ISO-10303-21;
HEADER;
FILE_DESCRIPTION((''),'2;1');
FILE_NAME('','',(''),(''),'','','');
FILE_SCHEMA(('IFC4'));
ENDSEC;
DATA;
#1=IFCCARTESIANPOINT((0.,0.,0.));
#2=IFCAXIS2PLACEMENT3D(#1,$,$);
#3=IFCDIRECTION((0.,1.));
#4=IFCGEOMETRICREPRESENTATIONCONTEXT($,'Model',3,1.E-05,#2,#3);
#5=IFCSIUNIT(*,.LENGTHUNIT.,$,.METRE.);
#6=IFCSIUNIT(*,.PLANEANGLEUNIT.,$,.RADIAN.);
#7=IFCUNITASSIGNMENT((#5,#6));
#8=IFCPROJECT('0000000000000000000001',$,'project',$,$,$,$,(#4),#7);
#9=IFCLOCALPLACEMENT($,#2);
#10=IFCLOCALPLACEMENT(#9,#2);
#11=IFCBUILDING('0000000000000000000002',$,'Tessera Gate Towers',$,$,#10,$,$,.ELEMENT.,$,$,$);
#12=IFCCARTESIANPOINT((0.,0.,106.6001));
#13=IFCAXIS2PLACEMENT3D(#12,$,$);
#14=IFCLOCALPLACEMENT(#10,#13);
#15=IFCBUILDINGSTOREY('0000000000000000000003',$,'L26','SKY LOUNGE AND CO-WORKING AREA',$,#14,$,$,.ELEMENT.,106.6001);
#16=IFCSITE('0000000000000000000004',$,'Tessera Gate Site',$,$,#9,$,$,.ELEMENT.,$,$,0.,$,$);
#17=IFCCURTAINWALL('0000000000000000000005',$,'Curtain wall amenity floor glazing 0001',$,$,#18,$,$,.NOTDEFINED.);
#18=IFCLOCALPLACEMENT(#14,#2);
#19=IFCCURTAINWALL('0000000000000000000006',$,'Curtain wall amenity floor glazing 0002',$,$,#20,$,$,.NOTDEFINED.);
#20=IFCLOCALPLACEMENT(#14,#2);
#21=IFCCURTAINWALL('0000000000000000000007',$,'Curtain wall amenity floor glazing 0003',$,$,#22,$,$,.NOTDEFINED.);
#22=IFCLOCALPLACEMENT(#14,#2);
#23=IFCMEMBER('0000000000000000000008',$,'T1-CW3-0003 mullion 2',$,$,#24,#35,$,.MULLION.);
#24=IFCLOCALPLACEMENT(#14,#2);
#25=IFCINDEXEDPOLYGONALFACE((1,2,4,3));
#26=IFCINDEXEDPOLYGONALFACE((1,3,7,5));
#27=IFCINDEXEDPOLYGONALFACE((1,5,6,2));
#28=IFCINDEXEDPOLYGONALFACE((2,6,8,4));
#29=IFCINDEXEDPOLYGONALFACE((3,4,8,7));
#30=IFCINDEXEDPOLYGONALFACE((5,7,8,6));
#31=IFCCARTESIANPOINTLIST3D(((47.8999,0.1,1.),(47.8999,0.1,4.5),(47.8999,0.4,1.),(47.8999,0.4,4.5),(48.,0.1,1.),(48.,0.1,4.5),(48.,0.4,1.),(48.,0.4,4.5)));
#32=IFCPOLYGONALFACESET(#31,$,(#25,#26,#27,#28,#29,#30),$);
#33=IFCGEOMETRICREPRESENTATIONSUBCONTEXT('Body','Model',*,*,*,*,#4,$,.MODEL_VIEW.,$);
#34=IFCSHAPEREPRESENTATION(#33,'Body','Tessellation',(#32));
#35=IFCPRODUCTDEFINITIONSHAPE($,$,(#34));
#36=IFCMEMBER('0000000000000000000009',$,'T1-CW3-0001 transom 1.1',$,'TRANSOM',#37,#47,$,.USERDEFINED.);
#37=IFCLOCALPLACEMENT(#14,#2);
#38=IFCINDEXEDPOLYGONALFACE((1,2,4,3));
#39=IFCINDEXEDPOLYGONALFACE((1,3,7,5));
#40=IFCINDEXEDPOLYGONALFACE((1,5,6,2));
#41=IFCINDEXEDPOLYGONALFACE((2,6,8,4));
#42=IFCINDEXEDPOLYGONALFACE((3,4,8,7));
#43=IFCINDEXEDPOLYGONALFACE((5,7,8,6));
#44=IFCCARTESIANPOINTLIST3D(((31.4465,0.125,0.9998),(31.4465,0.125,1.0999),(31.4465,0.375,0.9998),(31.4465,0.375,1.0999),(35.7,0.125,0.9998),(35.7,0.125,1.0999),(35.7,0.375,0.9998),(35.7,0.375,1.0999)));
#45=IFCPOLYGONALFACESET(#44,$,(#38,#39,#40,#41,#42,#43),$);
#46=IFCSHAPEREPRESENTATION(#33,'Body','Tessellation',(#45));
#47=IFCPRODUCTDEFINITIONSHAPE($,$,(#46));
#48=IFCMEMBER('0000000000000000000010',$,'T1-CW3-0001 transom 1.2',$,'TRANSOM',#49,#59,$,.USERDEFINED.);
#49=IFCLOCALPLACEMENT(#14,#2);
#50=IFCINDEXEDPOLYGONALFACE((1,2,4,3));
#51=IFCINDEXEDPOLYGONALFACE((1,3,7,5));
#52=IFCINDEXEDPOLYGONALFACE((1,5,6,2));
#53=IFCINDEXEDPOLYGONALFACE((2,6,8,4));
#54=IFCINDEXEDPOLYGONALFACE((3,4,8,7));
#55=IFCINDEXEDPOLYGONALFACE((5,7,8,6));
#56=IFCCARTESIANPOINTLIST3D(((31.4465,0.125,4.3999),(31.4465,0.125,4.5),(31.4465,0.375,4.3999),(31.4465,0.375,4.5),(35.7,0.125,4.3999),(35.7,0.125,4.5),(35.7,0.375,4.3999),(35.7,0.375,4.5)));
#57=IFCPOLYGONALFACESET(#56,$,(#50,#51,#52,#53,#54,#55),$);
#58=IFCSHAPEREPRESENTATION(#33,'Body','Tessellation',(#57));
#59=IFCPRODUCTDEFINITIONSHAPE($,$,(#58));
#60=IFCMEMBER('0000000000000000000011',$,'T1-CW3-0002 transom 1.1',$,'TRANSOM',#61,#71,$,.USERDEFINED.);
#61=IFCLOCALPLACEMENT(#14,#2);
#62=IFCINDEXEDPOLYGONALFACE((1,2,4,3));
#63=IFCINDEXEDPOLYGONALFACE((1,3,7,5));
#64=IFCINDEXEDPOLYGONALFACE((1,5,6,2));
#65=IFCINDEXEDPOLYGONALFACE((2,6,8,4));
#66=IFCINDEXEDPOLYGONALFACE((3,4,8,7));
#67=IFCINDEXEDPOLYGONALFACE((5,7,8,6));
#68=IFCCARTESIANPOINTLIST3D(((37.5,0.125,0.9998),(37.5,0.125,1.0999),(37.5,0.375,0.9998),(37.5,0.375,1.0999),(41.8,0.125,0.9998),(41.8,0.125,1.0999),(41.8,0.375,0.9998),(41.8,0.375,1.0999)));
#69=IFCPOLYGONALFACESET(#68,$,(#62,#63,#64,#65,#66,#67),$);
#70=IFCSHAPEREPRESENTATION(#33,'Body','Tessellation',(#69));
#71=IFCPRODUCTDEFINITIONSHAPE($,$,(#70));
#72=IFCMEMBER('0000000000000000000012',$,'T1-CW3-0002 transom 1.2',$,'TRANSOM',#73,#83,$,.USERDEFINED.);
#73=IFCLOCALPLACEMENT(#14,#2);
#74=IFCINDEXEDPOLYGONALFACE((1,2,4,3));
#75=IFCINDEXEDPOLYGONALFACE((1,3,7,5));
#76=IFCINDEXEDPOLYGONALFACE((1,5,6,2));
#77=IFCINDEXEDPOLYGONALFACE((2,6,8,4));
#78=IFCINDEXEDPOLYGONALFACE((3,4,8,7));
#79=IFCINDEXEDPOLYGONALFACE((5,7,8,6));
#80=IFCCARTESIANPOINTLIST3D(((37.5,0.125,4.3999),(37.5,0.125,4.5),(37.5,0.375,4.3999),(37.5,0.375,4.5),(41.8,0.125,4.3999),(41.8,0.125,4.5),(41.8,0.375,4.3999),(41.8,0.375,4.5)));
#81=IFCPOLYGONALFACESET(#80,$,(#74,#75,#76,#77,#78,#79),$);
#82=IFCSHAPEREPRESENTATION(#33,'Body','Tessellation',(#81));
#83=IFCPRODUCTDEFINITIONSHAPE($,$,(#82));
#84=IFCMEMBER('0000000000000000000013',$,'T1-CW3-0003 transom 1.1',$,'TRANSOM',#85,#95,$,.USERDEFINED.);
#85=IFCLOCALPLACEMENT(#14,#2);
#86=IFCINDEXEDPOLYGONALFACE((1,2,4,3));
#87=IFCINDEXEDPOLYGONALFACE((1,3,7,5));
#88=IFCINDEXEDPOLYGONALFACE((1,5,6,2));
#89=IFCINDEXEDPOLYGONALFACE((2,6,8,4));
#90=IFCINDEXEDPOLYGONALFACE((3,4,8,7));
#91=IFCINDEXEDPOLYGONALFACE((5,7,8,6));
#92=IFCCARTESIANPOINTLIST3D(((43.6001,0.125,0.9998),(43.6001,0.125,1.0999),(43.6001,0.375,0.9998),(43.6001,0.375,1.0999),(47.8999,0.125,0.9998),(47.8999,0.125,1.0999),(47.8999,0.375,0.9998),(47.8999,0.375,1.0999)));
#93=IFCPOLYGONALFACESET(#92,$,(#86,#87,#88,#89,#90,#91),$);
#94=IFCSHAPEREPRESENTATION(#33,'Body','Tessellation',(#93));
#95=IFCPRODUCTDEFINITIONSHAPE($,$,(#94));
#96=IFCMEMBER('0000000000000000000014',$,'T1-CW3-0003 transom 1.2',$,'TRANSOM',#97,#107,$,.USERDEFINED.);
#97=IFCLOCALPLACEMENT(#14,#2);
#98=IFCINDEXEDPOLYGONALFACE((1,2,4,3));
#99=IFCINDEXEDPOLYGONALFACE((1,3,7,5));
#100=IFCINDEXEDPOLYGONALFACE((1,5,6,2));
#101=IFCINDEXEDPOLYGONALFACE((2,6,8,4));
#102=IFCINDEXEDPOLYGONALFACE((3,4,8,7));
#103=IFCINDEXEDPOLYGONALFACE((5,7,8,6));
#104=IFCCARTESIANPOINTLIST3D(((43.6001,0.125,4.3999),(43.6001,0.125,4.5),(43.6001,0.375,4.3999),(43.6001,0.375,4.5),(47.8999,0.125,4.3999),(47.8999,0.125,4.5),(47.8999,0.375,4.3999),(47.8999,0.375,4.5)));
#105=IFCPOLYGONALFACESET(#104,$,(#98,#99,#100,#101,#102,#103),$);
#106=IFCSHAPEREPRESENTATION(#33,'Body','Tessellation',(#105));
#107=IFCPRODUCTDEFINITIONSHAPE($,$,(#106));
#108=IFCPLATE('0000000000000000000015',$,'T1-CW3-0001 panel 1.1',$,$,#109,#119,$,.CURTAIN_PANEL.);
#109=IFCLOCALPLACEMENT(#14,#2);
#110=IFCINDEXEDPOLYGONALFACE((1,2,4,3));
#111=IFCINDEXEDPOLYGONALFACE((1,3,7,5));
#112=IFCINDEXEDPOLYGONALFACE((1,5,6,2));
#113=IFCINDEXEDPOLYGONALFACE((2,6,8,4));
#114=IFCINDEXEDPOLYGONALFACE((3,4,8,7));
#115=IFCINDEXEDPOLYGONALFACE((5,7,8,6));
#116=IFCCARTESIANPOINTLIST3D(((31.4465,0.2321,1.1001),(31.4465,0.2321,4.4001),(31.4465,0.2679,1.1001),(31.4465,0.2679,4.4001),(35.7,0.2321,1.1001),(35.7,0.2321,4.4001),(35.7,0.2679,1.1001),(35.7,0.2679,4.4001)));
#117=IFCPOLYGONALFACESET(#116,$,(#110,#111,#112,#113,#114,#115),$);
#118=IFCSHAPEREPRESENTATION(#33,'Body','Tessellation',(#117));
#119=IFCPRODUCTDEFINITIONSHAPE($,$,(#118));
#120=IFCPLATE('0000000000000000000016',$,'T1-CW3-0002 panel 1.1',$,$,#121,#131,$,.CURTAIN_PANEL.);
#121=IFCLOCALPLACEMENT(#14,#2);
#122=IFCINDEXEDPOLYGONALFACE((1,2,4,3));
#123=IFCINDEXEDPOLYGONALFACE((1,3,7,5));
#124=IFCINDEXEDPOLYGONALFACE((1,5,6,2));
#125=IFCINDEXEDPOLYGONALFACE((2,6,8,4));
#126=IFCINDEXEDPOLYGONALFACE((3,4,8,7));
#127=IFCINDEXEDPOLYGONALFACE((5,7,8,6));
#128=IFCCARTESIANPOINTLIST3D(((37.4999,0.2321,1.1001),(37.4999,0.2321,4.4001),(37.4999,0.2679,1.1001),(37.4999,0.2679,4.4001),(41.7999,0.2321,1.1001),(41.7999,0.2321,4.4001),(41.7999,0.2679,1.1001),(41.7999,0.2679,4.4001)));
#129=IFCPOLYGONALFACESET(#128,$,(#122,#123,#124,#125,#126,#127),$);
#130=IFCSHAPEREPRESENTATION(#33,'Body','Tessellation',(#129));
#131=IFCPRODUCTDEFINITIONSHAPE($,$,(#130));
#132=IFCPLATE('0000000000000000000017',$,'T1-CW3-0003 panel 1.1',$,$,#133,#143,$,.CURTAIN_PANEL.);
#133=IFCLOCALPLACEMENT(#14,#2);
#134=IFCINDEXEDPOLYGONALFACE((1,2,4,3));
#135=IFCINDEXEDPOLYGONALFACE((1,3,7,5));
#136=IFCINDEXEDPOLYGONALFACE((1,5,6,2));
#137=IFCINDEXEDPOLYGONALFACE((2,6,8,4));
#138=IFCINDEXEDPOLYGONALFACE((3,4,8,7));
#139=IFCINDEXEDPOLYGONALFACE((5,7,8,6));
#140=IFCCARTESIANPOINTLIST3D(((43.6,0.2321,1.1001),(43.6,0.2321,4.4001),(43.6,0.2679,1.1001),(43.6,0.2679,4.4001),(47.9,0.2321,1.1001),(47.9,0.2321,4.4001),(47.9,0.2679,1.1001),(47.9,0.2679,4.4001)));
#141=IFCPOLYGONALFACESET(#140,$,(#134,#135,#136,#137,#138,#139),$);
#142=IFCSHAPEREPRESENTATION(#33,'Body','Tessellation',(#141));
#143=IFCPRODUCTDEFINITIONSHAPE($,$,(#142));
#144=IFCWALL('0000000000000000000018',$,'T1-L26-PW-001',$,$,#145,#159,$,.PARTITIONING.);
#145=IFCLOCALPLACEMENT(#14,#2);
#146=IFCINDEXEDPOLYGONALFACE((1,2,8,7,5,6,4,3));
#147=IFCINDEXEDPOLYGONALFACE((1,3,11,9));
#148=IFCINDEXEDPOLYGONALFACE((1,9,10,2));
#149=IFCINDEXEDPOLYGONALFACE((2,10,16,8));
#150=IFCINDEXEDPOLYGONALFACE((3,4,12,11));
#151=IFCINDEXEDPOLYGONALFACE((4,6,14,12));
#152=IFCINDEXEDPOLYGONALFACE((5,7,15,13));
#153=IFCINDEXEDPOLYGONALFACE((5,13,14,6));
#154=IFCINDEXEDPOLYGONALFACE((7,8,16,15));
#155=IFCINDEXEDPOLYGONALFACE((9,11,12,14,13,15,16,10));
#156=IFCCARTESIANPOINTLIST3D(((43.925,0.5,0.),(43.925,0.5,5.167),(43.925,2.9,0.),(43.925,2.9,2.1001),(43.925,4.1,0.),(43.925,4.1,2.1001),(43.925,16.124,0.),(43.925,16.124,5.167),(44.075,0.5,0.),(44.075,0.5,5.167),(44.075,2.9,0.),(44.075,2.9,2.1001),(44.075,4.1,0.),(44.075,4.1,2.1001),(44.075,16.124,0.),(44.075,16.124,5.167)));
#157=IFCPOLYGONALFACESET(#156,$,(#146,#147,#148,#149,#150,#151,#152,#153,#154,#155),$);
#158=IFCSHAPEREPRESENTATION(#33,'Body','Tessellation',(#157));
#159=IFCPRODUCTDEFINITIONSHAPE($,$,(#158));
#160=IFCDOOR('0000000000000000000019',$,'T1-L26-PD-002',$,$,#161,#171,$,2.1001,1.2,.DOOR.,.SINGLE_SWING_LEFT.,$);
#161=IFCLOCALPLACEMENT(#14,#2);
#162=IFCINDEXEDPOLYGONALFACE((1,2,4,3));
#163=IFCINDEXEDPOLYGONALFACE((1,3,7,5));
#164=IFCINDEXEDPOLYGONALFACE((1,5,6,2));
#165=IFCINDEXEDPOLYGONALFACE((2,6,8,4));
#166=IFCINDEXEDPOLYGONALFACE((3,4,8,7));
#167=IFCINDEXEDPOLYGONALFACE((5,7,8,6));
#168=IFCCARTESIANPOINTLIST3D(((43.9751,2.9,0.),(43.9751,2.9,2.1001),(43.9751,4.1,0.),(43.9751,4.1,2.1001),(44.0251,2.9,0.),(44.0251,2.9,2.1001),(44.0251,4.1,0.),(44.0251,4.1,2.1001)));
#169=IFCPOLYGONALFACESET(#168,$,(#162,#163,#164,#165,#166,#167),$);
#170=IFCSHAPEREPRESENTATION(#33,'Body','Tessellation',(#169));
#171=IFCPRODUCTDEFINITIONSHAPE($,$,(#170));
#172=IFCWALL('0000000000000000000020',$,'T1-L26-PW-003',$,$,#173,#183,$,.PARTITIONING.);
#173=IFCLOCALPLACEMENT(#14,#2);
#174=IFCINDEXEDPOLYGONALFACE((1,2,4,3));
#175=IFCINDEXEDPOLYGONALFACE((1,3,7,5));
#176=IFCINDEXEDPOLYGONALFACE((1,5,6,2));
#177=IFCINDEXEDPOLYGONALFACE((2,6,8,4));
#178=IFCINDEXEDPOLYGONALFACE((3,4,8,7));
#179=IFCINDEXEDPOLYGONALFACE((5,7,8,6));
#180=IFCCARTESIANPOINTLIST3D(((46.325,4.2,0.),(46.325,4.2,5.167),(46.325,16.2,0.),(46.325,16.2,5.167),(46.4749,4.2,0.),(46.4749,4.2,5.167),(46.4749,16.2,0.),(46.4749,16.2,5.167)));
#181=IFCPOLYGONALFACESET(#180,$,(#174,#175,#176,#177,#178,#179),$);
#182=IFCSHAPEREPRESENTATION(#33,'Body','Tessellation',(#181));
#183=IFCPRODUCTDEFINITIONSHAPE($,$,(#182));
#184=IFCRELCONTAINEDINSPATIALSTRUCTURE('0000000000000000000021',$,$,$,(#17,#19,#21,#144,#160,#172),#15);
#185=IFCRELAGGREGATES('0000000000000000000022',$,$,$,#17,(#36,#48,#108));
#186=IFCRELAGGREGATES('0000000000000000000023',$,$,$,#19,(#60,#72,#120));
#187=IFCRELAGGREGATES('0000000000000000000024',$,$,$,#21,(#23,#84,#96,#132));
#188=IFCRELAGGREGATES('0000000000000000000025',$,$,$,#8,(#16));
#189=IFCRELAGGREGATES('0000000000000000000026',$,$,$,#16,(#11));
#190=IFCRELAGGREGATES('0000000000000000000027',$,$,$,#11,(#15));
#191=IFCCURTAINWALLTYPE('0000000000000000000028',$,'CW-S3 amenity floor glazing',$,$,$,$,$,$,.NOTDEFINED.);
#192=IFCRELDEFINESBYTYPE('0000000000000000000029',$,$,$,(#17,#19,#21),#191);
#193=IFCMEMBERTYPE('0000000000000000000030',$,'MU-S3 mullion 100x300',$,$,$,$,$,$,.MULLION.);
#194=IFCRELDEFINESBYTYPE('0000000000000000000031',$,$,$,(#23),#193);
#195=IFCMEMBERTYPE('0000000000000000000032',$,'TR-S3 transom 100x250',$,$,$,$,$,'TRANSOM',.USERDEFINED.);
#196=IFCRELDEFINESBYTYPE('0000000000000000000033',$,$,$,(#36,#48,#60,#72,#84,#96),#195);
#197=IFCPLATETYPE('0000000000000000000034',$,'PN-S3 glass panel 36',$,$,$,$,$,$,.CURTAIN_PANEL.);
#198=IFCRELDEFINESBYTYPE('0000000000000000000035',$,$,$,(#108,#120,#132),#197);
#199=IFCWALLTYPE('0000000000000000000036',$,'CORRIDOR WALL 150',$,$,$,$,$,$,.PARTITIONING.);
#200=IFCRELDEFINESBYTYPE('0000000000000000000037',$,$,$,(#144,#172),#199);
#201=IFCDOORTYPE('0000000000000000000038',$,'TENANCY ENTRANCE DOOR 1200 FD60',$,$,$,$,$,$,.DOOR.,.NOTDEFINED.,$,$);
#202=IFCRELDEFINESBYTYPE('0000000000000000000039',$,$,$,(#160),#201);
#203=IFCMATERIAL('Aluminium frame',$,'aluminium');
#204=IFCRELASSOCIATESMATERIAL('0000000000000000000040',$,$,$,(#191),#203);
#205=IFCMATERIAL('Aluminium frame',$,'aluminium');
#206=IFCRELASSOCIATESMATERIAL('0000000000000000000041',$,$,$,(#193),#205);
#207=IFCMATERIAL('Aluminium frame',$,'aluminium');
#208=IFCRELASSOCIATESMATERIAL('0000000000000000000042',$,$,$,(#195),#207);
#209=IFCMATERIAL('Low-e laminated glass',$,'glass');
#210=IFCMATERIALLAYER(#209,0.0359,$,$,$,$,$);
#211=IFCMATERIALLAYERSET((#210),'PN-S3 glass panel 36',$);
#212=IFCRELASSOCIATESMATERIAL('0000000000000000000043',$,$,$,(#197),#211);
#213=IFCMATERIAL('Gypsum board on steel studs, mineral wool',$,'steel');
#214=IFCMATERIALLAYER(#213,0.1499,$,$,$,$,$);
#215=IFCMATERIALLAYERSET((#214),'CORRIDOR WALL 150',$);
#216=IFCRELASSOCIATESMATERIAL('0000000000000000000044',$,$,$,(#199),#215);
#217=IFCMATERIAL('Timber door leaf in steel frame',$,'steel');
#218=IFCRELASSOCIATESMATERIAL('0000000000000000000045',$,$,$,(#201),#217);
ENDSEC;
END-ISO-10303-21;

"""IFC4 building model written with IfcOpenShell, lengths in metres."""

from ifc_helpers import new_model, si_unit, direction, frame, frame_2d, origin, origin_2d, place, context, subcontext, project, spatial, rectangle, extrude, source, transform, mapped, material, layer, layer_set, material_profile, profile_set, type_object, element, fill, aggregate, save


model = new_model("IFC4")

# Units and contexts
model_context = context("Model", 3, precision=1e-05, world=origin(), true_north=direction((0.0, 1.0)))
body_context = subcontext(model_context, "Body", "Model", "MODEL_VIEW")
ifc_project = project(units=[si_unit("LENGTHUNIT", "METRE"), si_unit("PLANEANGLEUNIT", "RADIAN")], contexts=[model_context])

# Site, building, storey
site_placement = place(None, origin())
site = spatial("IfcSite", under=ifc_project, at=site_placement, Name="Tessera Gate Site", CompositionType="ELEMENT", RefElevation=0.0)
building_placement = place(site_placement, origin())
building = spatial("IfcBuilding", under=site, at=building_placement, Name="Tessera Gate Towers", CompositionType="ELEMENT")
storey_placement = place(building_placement, frame((0.0, 0.0, 106.6001)))
storey = spatial("IfcBuildingStorey", under=building, at=storey_placement, Name="L26", Description="SKY LOUNGE AND CO-WORKING AREA", CompositionType="ELEMENT", Elevation=106.6001)

# Curtain walls, member
ifc_material_1 = material(Name="Aluminium frame", Category="aluminium")
curtain_wall_type = type_object("IfcCurtainWallType", Name="CW-S3 amenity floor glazing", PredefinedType="NOTDEFINED", material=ifc_material_1)
curtain_wall_1_placement = place(storey_placement, origin())
curtain_wall_1 = element("IfcCurtainWall", 1, at=curtain_wall_1_placement, inside=storey, type_object=curtain_wall_type, Name="Curtain wall amenity floor glazing 0001", PredefinedType="NOTDEFINED")
ifc_material_2 = material(Name="Aluminium frame", Category="aluminium")
ifc_material_profile_1 = material_profile(ifc_material_2, rectangle(XDim=0.1001, YDim=0.3, at=origin_2d()), Name="AL 100x300")
ifc_profile_set_1 = profile_set([ifc_material_profile_1], Name="Aluminium frame")
member_type_1 = type_object("IfcMemberType", Name="MU-S3 mullion 100x300", PredefinedType="MULLION", material=ifc_profile_set_1)
curtain_wall_2_placement = place(storey_placement, origin())
curtain_wall_2 = element("IfcCurtainWall", 2, at=curtain_wall_2_placement, inside=storey, type_object=curtain_wall_type, Name="Curtain wall amenity floor glazing 0002", PredefinedType="NOTDEFINED")
curtain_wall_3_placement = place(storey_placement, origin())
curtain_wall_3 = element("IfcCurtainWall", 3, at=curtain_wall_3_placement, inside=storey, type_object=curtain_wall_type, Name="Curtain wall amenity floor glazing 0003", PredefinedType="NOTDEFINED")
member_1_placement = place(storey_placement, frame((47.95, 0.25, 1.0), z_axis=(0.0, 0.0, 1.0), x_axis=(1.0, 0.0, 0.0)))
member_1 = element("IfcMember", 4, at=member_1_placement, type_object=member_type_1, Name="T1-CW3-0003 mullion 2", PredefinedType="MULLION", context=body_context, shape_type="SweptSolid", body=[
    extrude(rectangle(XDim=0.1001, YDim=0.3, at=origin_2d()), origin(), (0.0, 0.0, 1.0), 3.5),
])

# Members
ifc_material_3 = material(Name="Aluminium frame", Category="aluminium")
ifc_material_profile_2 = material_profile(ifc_material_3, rectangle(XDim=0.25, YDim=0.1001, at=origin_2d()), Name="AL 100x250")
ifc_profile_set_2 = profile_set([ifc_material_profile_2], Name="Aluminium frame")
member_type_2 = type_object("IfcMemberType", Name="TR-S3 transom 100x250", ElementType="TRANSOM", PredefinedType="USERDEFINED", material=ifc_profile_set_2)
member_2_placement = place(storey_placement, frame((31.4465, 0.25, 1.0498), z_axis=(1.0, 0.0, 0.0), x_axis=(0.0, 1.0, 0.0)))
member_2 = element("IfcMember", 5, at=member_2_placement, type_object=member_type_2, Name="T1-CW3-0001 transom 1.1", ObjectType="TRANSOM", PredefinedType="USERDEFINED", context=body_context, shape_type="SweptSolid", body=[
    extrude(rectangle(XDim=0.25, YDim=0.1001, at=origin_2d()), origin(), (0.0, 0.0, 1.0), 4.2534),
])
member_3_placement = place(storey_placement, frame((31.4465, 0.25, 4.45), z_axis=(1.0, 0.0, 0.0), x_axis=(0.0, 1.0, 0.0)))
member_3 = element("IfcMember", 6, at=member_3_placement, type_object=member_type_2, Name="T1-CW3-0001 transom 1.2", ObjectType="TRANSOM", PredefinedType="USERDEFINED", context=body_context, shape_type="SweptSolid", body=[
    extrude(rectangle(XDim=0.25, YDim=0.1001, at=origin_2d()), origin(), (0.0, 0.0, 1.0), 4.2534),
])
member_4_placement = place(storey_placement, frame((37.5, 0.25, 1.0498), z_axis=(1.0, 0.0, 0.0), x_axis=(0.0, 1.0, 0.0)))
member_4 = element("IfcMember", 7, at=member_4_placement, type_object=member_type_2, Name="T1-CW3-0002 transom 1.1", ObjectType="TRANSOM", PredefinedType="USERDEFINED", context=body_context, shape_type="SweptSolid", body=[
    extrude(rectangle(XDim=0.25, YDim=0.1001, at=origin_2d()), origin(), (0.0, 0.0, 1.0), 4.3),
])
member_5_placement = place(storey_placement, frame((37.5, 0.25, 4.45), z_axis=(1.0, 0.0, 0.0), x_axis=(0.0, 1.0, 0.0)))
member_5 = element("IfcMember", 8, at=member_5_placement, type_object=member_type_2, Name="T1-CW3-0002 transom 1.2", ObjectType="TRANSOM", PredefinedType="USERDEFINED", context=body_context, shape_type="SweptSolid", body=[
    extrude(rectangle(XDim=0.25, YDim=0.1001, at=origin_2d()), origin(), (0.0, 0.0, 1.0), 4.3),
])
member_6_placement = place(storey_placement, frame((43.6001, 0.25, 1.0498), z_axis=(1.0, 0.0, 0.0), x_axis=(0.0, 1.0, 0.0)))
member_6 = element("IfcMember", 9, at=member_6_placement, type_object=member_type_2, Name="T1-CW3-0003 transom 1.1", ObjectType="TRANSOM", PredefinedType="USERDEFINED", context=body_context, shape_type="SweptSolid", body=[
    extrude(rectangle(XDim=0.25, YDim=0.1001, at=origin_2d()), origin(), (0.0, 0.0, 1.0), 4.2998),
])
member_7_placement = place(storey_placement, frame((43.6001, 0.25, 4.45), z_axis=(1.0, 0.0, 0.0), x_axis=(0.0, 1.0, 0.0)))
member_7 = element("IfcMember", 10, at=member_7_placement, type_object=member_type_2, Name="T1-CW3-0003 transom 1.2", ObjectType="TRANSOM", PredefinedType="USERDEFINED", context=body_context, shape_type="SweptSolid", body=[
    extrude(rectangle(XDim=0.25, YDim=0.1001, at=origin_2d()), origin(), (0.0, 0.0, 1.0), 4.2998),
])

# Plates
ifc_material_4 = material(Name="Low-e laminated glass", Category="glass")
ifc_layer_1 = layer(ifc_material_4, 0.0359)
ifc_layer_set_1 = layer_set([ifc_layer_1], Name="PN-S3 glass panel 36")
plate_type = type_object("IfcPlateType", Name="PN-S3 glass panel 36", PredefinedType="CURTAIN_PANEL", material=ifc_layer_set_1)
plate_1_placement = place(storey_placement, frame((33.5732, 0.25, 1.1001), z_axis=(0.0, 0.0, 1.0), x_axis=(1.0, 0.0, 0.0)))
plate_1 = element("IfcPlate", 11, at=plate_1_placement, type_object=plate_type, Name="T1-CW3-0001 panel 1.1", PredefinedType="CURTAIN_PANEL", context=body_context, shape_type="SweptSolid", body=[
    extrude(rectangle(XDim=4.2534, YDim=0.0359, at=origin_2d()), origin(), (0.0, 0.0, 1.0), 3.3),
])
aggregate(curtain_wall_1, [member_2, member_3, plate_1])
plate_2_placement = place(storey_placement, frame((39.6499, 0.25, 1.1001), z_axis=(0.0, 0.0, 1.0), x_axis=(1.0, 0.0, 0.0)))
plate_2 = element("IfcPlate", 12, at=plate_2_placement, type_object=plate_type, Name="T1-CW3-0002 panel 1.1", PredefinedType="CURTAIN_PANEL", context=body_context, shape_type="SweptSolid", body=[
    extrude(rectangle(XDim=4.3, YDim=0.0359, at=origin_2d()), origin(), (0.0, 0.0, 1.0), 3.3),
])
aggregate(curtain_wall_2, [member_4, member_5, plate_2])
plate_3_placement = place(storey_placement, frame((45.75, 0.25, 1.1001), z_axis=(0.0, 0.0, 1.0), x_axis=(1.0, 0.0, 0.0)))
plate_3 = element("IfcPlate", 13, at=plate_3_placement, type_object=plate_type, Name="T1-CW3-0003 panel 1.1", PredefinedType="CURTAIN_PANEL", context=body_context, shape_type="SweptSolid", body=[
    extrude(rectangle(XDim=4.3, YDim=0.0359, at=origin_2d()), origin(), (0.0, 0.0, 1.0), 3.3),
])
aggregate(curtain_wall_3, [member_1, member_6, member_7, plate_3])

# Wall, opening, door
ifc_material_5 = material(Name="Gypsum board on steel studs, mineral wool", Category="steel")
ifc_layer_2 = layer(ifc_material_5, 0.1499)
ifc_layer_set_2 = layer_set([ifc_layer_2], Name="CORRIDOR WALL 150")
wall_type_1 = type_object("IfcWallType", Name="CORRIDOR WALL 150", PredefinedType="PARTITIONING", material=ifc_layer_set_2)
wall_1_placement = place(storey_placement, frame((44.0, 0.5, 0.0), z_axis=(0.0, 0.0, 1.0), x_axis=(0.0, 1.0, 0.0)))
wall_1 = element("IfcWall", 14, at=wall_1_placement, inside=storey, type_object=wall_type_1, Name="T1-L26-PW-001", PredefinedType="PARTITIONING", context=body_context, shape_type="SweptSolid", body=[
    extrude(rectangle(XDim=15.624, YDim=0.1499, at=frame_2d((7.812, 0.0))), origin(), (0.0, 0.0, 1.0), 5.167),
])
shared_shape_1 = source(origin(), body_context, "Body", "SweptSolid", [
    extrude(rectangle(XDim=1.2, YDim=2.1001, at=frame_2d((0.6001, 1.05))), frame((0.0, 0.085, 0.0), z_axis=(0.0, -1.0, 0.0), x_axis=(1.0, 0.0, 0.0)), (0.0, 0.0, 1.0), 0.1699),
])
opening_placement = place(wall_1_placement, frame((2.3999, 0.0, 0.0)))
opening = element("IfcOpeningElement", 15, at=opening_placement, cuts=wall_1, PredefinedType="OPENING", context=body_context, shape_type="MappedRepresentation", body=[
    mapped(shared_shape_1, transform((0.0, 0.0, 0.0), scale=1.0)),
])
ifc_material_6 = material(Name="Timber door leaf in steel frame", Category="steel")
door_type = type_object("IfcDoorType", Name="TENANCY ENTRANCE DOOR 1200 FD60", OperationType="NOTDEFINED", PredefinedType="DOOR", material=ifc_material_6)
shared_shape_2 = source(origin(), body_context, "Body", "SweptSolid", [
    extrude(rectangle(XDim=1.2, YDim=2.1001, at=frame_2d((0.6001, 1.05))), frame((0.0, 0.0249, 0.0), z_axis=(0.0, -1.0, 0.0), x_axis=(1.0, 0.0, 0.0)), (0.0, 0.0, 1.0), 0.05),
])
door_placement = place(opening_placement, origin())
door = element("IfcDoor", 16, at=door_placement, inside=storey, type_object=door_type, Name="T1-L26-PD-002", OperationType="SINGLE_SWING_LEFT", OverallHeight=2.1001, OverallWidth=1.2, PredefinedType="DOOR", context=body_context, shape_type="MappedRepresentation", body=[
    mapped(shared_shape_2, transform((0.0, 0.0, 0.0), scale=1.0)),
])
fill(opening, door)

# Wall
wall_2_placement = place(storey_placement, frame((46.3999, 4.2, 0.0), z_axis=(0.0, 0.0, 1.0), x_axis=(0.0, 1.0, 0.0)))
element("IfcWall", 17, at=wall_2_placement, inside=storey, type_object=wall_type_1, Name="T1-L26-PW-003", PredefinedType="PARTITIONING", context=body_context, shape_type="SweptSolid", body=[
    extrude(rectangle(XDim=12.0, YDim=0.1499, at=frame_2d((6.0, 0.0))), origin(), (0.0, 0.0, 1.0), 5.167),
])

save(model, "model.ifc")
